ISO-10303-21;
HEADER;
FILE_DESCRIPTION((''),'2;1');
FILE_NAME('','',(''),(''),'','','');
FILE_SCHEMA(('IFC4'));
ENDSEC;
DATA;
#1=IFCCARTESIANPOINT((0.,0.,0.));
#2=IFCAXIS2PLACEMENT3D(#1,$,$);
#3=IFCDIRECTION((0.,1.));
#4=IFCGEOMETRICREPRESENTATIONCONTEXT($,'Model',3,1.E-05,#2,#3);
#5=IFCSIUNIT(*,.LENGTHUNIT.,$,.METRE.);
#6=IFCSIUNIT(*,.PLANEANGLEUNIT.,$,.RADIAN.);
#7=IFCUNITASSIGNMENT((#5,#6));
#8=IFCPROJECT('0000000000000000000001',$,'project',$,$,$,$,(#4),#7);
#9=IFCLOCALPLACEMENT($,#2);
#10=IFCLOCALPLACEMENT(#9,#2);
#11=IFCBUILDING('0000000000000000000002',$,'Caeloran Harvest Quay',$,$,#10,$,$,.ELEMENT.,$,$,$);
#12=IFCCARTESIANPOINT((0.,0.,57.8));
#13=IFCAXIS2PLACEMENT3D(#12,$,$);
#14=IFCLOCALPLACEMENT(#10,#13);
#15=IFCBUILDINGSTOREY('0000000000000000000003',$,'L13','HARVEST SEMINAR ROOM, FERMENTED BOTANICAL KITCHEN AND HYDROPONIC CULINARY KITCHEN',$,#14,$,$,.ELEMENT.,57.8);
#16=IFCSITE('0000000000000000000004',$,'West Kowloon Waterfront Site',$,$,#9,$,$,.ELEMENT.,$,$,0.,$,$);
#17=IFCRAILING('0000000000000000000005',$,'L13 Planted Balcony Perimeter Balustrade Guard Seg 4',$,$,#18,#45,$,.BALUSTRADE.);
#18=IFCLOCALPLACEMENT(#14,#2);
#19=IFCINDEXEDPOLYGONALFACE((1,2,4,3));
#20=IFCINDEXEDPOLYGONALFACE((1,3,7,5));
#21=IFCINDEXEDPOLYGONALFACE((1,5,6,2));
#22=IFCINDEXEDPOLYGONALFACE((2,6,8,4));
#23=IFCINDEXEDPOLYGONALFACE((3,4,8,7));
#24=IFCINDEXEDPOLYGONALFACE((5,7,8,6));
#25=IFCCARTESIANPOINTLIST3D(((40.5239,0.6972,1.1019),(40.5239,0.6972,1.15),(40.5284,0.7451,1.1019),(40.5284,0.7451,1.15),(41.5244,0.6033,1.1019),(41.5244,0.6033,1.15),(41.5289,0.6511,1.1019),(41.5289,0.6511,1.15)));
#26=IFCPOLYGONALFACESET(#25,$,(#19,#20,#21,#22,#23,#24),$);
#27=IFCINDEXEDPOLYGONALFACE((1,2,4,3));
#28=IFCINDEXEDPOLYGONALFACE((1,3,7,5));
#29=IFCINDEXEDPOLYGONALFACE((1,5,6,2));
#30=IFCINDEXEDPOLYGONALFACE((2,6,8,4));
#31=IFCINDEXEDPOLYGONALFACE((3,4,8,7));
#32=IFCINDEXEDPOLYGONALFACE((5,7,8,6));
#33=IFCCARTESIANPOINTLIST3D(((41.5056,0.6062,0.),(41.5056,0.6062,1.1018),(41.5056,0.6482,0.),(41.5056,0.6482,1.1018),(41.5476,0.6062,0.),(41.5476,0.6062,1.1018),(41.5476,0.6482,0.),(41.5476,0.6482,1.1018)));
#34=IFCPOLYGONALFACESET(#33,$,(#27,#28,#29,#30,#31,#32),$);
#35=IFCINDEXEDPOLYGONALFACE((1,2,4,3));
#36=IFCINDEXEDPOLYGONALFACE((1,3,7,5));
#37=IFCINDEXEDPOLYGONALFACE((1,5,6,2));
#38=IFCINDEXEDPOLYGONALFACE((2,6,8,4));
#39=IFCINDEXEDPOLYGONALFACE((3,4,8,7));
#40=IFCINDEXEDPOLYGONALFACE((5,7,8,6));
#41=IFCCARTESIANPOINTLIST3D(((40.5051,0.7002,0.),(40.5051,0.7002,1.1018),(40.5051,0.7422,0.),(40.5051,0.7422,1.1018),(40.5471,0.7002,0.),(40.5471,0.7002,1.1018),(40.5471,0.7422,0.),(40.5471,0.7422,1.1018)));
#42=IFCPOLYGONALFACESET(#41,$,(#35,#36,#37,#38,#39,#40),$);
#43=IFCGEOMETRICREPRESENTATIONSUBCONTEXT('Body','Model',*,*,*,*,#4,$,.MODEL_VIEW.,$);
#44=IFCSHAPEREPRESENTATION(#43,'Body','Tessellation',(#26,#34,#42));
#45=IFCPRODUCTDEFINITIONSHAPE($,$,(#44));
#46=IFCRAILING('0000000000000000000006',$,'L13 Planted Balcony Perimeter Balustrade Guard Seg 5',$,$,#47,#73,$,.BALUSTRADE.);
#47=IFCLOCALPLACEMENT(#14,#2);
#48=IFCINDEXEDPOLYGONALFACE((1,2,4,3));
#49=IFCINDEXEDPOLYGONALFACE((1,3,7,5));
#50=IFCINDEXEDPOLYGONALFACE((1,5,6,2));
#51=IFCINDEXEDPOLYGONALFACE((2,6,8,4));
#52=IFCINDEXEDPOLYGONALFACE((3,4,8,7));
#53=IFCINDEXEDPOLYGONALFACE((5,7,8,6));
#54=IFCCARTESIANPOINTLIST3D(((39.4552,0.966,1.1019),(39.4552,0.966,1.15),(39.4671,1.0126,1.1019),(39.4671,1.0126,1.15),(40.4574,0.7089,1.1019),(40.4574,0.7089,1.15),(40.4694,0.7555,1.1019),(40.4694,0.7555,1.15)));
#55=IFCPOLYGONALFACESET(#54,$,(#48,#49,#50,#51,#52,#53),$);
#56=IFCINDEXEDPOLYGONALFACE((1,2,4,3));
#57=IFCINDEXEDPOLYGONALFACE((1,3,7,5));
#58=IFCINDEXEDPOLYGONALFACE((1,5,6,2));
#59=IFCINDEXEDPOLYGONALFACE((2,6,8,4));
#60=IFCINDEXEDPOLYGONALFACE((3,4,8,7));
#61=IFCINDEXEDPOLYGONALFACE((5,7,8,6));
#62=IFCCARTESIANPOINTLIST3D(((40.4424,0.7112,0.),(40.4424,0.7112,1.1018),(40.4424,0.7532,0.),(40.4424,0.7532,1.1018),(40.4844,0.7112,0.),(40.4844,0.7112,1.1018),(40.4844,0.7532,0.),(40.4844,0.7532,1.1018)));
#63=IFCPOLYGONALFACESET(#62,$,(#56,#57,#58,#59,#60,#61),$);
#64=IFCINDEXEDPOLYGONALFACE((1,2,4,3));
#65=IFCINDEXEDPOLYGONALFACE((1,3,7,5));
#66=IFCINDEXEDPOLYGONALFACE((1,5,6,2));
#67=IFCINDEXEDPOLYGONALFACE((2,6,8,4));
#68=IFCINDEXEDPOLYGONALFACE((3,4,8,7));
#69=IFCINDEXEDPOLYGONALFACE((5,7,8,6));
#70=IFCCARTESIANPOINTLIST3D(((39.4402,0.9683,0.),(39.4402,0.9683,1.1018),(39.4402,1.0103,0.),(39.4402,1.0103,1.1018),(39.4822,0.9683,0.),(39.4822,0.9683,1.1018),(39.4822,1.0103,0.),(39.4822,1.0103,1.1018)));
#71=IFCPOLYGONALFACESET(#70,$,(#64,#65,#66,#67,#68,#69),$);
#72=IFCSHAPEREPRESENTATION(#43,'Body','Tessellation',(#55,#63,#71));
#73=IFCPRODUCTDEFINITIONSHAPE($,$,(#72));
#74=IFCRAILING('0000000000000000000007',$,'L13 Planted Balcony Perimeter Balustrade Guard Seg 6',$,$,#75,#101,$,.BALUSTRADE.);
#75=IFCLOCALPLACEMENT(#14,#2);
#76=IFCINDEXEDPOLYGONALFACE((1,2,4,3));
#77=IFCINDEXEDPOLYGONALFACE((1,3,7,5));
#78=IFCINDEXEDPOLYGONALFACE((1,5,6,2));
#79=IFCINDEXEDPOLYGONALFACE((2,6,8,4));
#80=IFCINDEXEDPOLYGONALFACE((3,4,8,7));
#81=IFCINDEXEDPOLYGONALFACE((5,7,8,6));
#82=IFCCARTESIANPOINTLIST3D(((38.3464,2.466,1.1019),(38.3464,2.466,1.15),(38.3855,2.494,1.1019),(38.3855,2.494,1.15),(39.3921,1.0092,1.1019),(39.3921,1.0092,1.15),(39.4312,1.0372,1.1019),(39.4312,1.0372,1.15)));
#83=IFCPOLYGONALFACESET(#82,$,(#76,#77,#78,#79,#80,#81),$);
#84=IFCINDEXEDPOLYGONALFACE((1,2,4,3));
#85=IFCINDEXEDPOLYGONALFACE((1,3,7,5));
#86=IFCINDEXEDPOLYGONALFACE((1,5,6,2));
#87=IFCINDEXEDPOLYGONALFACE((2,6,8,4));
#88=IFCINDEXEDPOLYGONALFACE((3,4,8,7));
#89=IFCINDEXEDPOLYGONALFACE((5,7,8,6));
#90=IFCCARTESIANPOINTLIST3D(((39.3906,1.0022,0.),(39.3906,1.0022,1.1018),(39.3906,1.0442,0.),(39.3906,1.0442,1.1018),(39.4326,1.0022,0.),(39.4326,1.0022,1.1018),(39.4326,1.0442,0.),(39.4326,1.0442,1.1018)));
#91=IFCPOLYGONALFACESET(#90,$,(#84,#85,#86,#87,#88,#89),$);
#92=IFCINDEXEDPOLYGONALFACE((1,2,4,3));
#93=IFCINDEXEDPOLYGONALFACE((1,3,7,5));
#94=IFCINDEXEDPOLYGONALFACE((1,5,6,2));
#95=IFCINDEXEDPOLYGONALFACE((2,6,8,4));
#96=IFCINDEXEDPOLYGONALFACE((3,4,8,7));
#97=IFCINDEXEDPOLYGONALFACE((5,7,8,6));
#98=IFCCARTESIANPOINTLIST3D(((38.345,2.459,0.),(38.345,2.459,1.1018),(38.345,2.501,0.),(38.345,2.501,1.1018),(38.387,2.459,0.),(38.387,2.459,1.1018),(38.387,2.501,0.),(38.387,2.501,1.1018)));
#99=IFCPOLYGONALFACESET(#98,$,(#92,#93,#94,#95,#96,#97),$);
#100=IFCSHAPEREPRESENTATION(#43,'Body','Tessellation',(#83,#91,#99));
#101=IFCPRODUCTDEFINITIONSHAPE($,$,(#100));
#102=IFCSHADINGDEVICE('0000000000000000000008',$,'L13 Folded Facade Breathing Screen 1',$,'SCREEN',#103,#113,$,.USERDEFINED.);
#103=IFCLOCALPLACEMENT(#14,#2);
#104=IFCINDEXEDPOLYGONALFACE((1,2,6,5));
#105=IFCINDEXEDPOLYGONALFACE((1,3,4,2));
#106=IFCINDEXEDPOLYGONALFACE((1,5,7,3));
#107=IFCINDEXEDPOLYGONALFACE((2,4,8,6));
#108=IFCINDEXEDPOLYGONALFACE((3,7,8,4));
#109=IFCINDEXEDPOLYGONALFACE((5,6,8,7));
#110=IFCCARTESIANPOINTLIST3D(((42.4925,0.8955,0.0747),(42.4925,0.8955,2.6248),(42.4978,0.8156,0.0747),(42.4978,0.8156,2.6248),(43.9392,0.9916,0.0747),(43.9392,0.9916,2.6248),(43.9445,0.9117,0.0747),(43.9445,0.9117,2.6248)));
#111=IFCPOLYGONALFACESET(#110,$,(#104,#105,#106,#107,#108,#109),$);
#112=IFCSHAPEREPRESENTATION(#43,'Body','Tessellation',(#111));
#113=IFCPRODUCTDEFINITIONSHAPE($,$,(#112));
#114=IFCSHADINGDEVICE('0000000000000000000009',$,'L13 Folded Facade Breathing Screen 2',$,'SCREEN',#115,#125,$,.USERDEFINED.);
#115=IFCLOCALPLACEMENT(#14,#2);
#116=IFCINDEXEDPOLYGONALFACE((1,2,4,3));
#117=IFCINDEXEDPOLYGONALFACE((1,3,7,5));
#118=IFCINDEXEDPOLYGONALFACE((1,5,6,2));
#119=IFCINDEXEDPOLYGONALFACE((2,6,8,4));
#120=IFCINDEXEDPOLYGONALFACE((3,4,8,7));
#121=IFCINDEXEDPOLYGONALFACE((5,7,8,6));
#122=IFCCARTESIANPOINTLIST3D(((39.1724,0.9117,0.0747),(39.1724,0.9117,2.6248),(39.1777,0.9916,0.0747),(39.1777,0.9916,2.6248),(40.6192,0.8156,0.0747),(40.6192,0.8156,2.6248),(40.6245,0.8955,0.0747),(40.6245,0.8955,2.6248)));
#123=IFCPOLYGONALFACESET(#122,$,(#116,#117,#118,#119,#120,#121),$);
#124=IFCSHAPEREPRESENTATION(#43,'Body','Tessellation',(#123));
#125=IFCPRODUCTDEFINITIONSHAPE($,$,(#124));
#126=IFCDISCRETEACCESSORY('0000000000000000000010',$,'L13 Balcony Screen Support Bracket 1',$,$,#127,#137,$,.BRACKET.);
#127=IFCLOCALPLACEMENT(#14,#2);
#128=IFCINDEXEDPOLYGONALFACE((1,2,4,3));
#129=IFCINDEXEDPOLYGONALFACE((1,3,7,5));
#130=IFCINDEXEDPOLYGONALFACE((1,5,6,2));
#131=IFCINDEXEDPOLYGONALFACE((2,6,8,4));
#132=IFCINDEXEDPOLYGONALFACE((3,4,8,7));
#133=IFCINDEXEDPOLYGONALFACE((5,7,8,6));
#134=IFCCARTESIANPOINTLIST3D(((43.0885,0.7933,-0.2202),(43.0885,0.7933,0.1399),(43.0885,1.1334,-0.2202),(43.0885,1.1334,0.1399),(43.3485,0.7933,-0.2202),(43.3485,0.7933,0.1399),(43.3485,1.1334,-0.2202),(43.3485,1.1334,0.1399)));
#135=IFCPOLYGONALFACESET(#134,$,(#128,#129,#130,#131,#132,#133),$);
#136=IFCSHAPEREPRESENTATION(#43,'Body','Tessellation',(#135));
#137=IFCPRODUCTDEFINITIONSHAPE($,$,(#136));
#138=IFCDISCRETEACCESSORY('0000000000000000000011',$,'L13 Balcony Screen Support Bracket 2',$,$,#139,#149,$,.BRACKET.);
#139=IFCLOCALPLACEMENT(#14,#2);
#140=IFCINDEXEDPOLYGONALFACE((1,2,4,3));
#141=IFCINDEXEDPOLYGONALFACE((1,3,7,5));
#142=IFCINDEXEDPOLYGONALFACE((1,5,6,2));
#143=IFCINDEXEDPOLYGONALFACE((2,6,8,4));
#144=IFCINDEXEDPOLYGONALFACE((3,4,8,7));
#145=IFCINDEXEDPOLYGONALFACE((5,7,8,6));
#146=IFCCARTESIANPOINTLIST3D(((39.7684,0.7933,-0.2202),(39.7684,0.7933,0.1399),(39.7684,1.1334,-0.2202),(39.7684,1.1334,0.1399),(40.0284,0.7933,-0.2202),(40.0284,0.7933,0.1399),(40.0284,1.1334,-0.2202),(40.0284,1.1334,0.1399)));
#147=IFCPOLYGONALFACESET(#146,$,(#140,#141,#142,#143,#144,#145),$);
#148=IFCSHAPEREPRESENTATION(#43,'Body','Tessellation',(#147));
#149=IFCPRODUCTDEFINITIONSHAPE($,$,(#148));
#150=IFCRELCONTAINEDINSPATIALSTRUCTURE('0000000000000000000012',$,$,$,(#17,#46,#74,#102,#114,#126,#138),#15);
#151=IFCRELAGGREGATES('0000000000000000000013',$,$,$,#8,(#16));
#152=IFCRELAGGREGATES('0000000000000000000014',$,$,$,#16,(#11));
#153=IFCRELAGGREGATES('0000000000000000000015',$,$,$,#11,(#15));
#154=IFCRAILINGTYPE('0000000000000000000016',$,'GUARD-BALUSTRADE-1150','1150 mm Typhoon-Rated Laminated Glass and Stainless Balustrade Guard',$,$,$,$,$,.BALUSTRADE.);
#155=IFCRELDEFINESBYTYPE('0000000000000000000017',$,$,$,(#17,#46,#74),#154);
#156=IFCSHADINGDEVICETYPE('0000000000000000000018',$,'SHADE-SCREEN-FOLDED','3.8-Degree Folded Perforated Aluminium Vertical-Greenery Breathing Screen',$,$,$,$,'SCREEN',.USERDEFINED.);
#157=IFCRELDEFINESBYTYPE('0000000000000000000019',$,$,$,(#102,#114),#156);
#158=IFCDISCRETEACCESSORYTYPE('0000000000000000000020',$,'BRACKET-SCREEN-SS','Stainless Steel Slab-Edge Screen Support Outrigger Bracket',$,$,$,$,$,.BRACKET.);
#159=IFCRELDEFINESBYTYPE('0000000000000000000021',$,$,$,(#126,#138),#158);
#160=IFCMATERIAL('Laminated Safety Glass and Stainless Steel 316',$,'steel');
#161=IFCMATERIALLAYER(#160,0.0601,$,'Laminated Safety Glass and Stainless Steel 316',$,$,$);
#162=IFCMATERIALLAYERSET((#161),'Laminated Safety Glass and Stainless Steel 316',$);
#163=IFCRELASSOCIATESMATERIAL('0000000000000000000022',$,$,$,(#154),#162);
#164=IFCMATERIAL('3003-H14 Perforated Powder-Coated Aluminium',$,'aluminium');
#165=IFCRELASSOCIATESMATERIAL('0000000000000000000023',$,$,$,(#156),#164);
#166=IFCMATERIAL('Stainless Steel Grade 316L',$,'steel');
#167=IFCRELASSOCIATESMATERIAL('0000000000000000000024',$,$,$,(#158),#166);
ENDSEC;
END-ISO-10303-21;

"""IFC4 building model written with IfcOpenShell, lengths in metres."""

from ifc_helpers import new_model, si_unit, direction, frame, origin, origin_2d, place, context, subcontext, project, spatial, rectangle, extrude, material, layer, layer_set, type_object, element, save


model = new_model("IFC4")

# Units and contexts
model_context = context("Model", 3, precision=1e-05, world=origin(), true_north=direction((0.0, 1.0)))
body_context = subcontext(model_context, "Body", "Model", "MODEL_VIEW")
ifc_project = project(units=[si_unit("LENGTHUNIT", "METRE"), si_unit("PLANEANGLEUNIT", "RADIAN")], contexts=[model_context])

# Site, building, storey
site_placement = place(None, origin())
site = spatial("IfcSite", under=ifc_project, at=site_placement, Name="West Kowloon Waterfront Site", CompositionType="ELEMENT", RefElevation=0.0)
building_placement = place(site_placement, origin())
building = spatial("IfcBuilding", under=site, at=building_placement, Name="Caeloran Harvest Quay", CompositionType="ELEMENT")
storey_placement = place(building_placement, frame((0.0, 0.0, 57.8)))
storey = spatial("IfcBuildingStorey", under=building, at=storey_placement, Name="L13", Description="HARVEST SEMINAR ROOM, FERMENTED BOTANICAL KITCHEN AND HYDROPONIC CULINARY KITCHEN", CompositionType="ELEMENT", Elevation=57.8)

# Railings
ifc_material_1 = material(Name="Laminated Safety Glass and Stainless Steel 316", Category="steel")
ifc_layer_1 = layer(ifc_material_1, 0.0601, Name="Laminated Safety Glass and Stainless Steel 316")
ifc_layer_set_1 = layer_set([ifc_layer_1], Name="Laminated Safety Glass and Stainless Steel 316")
railing_type_1 = type_object("IfcRailingType", Name="GUARD-BALUSTRADE-1150", Description="1150 mm Typhoon-Rated Laminated Glass and Stainless Balustrade Guard", PredefinedType="BALUSTRADE", material=ifc_layer_set_1)
railing_1_placement = place(storey_placement, frame((41.5266, 0.6272, 0.0)))
element("IfcRailing", 1, at=railing_1_placement, inside=storey, type_object=railing_type_1, Name="L13 Planted Balcony Perimeter Balustrade Guard Seg 4", PredefinedType="BALUSTRADE", context=body_context, shape_type="SweptSolid", body=[
    extrude(rectangle(XDim=0.0481, YDim=0.0481, at=origin_2d()), frame((0.0, 0.0, 1.126), z_axis=(-0.995616, 0.093536, 0.0), x_axis=(-0.093536, -0.995616, 0.0)), (0.0, 0.0, 1.0), 1.0049),
    extrude(rectangle(XDim=0.042, YDim=0.042, at=origin_2d()), origin(), (0.0, 0.0, 1.0), 1.1018),
    extrude(rectangle(XDim=0.042, YDim=0.042, at=origin_2d()), frame((-1.0005, 0.094, 0.0)), (0.0, 0.0, 1.0), 1.1018),
])
railing_2_placement = place(storey_placement, frame((40.4634, 0.7322, 0.0)))
element("IfcRailing", 2, at=railing_2_placement, inside=storey, type_object=railing_type_1, Name="L13 Planted Balcony Perimeter Balustrade Guard Seg 5", PredefinedType="BALUSTRADE", context=body_context, shape_type="SweptSolid", body=[
    extrude(rectangle(XDim=0.0481, YDim=0.0481, at=origin_2d()), frame((0.0, 0.0, 1.126), z_axis=(-0.968639, 0.248472, 0.0), x_axis=(-0.248472, -0.968639, 0.0)), (0.0, 0.0, 1.0), 1.0347),
    extrude(rectangle(XDim=0.042, YDim=0.042, at=origin_2d()), origin(), (0.0, 0.0, 1.0), 1.1018),
    extrude(rectangle(XDim=0.042, YDim=0.042, at=origin_2d()), frame((-1.0022, 0.2571, 0.0)), (0.0, 0.0, 1.0), 1.1018),
])
railing_3_placement = place(storey_placement, frame((39.4116, 1.0232, 0.0)))
element("IfcRailing", 3, at=railing_3_placement, inside=storey, type_object=railing_type_1, Name="L13 Planted Balcony Perimeter Balustrade Guard Seg 6", PredefinedType="BALUSTRADE", context=body_context, shape_type="SweptSolid", body=[
    extrude(rectangle(XDim=0.0481, YDim=0.0481, at=origin_2d()), frame((0.0, 0.0, 1.126), z_axis=(-0.583117, 0.812388, 0.0), x_axis=(-0.812388, -0.583117, 0.0)), (0.0, 0.0, 1.0), 1.7932),
    extrude(rectangle(XDim=0.042, YDim=0.042, at=origin_2d()), origin(), (0.0, 0.0, 1.0), 1.1018),
    extrude(rectangle(XDim=0.042, YDim=0.042, at=origin_2d()), frame((-1.0457, 1.4568, 0.0)), (0.0, 0.0, 1.0), 1.1018),
])

# Shading devices
ifc_material_2 = material(Name="3003-H14 Perforated Powder-Coated Aluminium", Category="aluminium")
shading_device_type = type_object("IfcShadingDeviceType", Name="SHADE-SCREEN-FOLDED", Description="3.8-Degree Folded Perforated Aluminium Vertical-Greenery Breathing Screen", ElementType="SCREEN", PredefinedType="USERDEFINED", material=ifc_material_2)
for number, where, z_axis, x_axis, name in (
    (4, (43.2185, 0.9036, 0.0747), (0.0, 0.0, 1.0), (0.997801, 0.066274, 0.0), "L13 Folded Facade Breathing Screen 1"),
    (5, (39.8984, 0.9036, 0.0747), (0.0, 0.0, 1.0), (0.997801, -0.066274, 0.0), "L13 Folded Facade Breathing Screen 2"),
):
    element("IfcShadingDevice", number, at=place(storey_placement, frame(where, z_axis=z_axis, x_axis=x_axis)), inside=storey, type_object=shading_device_type, Name=name, ObjectType="SCREEN", PredefinedType="USERDEFINED", context=body_context, shape_type="SweptSolid", body=[
        extrude(rectangle(XDim=1.45, YDim=0.0801, at=origin_2d()), origin(), (0.0, 0.0, 1.0), 2.55),
    ])

# Discrete accessories
ifc_material_3 = material(Name="Stainless Steel Grade 316L", Category="steel")
discrete_accessory_type = type_object("IfcDiscreteAccessoryType", Name="BRACKET-SCREEN-SS", Description="Stainless Steel Slab-Edge Screen Support Outrigger Bracket", PredefinedType="BRACKET", material=ifc_material_3)
for number, where, z_axis, x_axis, name in (
    (6, (43.2185, 0.9634, -0.2202), (0.0, 0.0, 1.0), (1.0, 0.0, 0.0), "L13 Balcony Screen Support Bracket 1"),
    (7, (39.8984, 0.9634, -0.2202), (0.0, 0.0, 1.0), (1.0, 0.0, 0.0), "L13 Balcony Screen Support Bracket 2"),
):
    element("IfcDiscreteAccessory", number, at=place(storey_placement, frame(where, z_axis=z_axis, x_axis=x_axis)), inside=storey, type_object=discrete_accessory_type, Name=name, PredefinedType="BRACKET", context=body_context, shape_type="SweptSolid", body=[
        extrude(rectangle(XDim=0.26, YDim=0.3401, at=origin_2d()), origin(), (0.0, 0.0, 1.0), 0.3601),
    ])

save(model, "model.ifc")
